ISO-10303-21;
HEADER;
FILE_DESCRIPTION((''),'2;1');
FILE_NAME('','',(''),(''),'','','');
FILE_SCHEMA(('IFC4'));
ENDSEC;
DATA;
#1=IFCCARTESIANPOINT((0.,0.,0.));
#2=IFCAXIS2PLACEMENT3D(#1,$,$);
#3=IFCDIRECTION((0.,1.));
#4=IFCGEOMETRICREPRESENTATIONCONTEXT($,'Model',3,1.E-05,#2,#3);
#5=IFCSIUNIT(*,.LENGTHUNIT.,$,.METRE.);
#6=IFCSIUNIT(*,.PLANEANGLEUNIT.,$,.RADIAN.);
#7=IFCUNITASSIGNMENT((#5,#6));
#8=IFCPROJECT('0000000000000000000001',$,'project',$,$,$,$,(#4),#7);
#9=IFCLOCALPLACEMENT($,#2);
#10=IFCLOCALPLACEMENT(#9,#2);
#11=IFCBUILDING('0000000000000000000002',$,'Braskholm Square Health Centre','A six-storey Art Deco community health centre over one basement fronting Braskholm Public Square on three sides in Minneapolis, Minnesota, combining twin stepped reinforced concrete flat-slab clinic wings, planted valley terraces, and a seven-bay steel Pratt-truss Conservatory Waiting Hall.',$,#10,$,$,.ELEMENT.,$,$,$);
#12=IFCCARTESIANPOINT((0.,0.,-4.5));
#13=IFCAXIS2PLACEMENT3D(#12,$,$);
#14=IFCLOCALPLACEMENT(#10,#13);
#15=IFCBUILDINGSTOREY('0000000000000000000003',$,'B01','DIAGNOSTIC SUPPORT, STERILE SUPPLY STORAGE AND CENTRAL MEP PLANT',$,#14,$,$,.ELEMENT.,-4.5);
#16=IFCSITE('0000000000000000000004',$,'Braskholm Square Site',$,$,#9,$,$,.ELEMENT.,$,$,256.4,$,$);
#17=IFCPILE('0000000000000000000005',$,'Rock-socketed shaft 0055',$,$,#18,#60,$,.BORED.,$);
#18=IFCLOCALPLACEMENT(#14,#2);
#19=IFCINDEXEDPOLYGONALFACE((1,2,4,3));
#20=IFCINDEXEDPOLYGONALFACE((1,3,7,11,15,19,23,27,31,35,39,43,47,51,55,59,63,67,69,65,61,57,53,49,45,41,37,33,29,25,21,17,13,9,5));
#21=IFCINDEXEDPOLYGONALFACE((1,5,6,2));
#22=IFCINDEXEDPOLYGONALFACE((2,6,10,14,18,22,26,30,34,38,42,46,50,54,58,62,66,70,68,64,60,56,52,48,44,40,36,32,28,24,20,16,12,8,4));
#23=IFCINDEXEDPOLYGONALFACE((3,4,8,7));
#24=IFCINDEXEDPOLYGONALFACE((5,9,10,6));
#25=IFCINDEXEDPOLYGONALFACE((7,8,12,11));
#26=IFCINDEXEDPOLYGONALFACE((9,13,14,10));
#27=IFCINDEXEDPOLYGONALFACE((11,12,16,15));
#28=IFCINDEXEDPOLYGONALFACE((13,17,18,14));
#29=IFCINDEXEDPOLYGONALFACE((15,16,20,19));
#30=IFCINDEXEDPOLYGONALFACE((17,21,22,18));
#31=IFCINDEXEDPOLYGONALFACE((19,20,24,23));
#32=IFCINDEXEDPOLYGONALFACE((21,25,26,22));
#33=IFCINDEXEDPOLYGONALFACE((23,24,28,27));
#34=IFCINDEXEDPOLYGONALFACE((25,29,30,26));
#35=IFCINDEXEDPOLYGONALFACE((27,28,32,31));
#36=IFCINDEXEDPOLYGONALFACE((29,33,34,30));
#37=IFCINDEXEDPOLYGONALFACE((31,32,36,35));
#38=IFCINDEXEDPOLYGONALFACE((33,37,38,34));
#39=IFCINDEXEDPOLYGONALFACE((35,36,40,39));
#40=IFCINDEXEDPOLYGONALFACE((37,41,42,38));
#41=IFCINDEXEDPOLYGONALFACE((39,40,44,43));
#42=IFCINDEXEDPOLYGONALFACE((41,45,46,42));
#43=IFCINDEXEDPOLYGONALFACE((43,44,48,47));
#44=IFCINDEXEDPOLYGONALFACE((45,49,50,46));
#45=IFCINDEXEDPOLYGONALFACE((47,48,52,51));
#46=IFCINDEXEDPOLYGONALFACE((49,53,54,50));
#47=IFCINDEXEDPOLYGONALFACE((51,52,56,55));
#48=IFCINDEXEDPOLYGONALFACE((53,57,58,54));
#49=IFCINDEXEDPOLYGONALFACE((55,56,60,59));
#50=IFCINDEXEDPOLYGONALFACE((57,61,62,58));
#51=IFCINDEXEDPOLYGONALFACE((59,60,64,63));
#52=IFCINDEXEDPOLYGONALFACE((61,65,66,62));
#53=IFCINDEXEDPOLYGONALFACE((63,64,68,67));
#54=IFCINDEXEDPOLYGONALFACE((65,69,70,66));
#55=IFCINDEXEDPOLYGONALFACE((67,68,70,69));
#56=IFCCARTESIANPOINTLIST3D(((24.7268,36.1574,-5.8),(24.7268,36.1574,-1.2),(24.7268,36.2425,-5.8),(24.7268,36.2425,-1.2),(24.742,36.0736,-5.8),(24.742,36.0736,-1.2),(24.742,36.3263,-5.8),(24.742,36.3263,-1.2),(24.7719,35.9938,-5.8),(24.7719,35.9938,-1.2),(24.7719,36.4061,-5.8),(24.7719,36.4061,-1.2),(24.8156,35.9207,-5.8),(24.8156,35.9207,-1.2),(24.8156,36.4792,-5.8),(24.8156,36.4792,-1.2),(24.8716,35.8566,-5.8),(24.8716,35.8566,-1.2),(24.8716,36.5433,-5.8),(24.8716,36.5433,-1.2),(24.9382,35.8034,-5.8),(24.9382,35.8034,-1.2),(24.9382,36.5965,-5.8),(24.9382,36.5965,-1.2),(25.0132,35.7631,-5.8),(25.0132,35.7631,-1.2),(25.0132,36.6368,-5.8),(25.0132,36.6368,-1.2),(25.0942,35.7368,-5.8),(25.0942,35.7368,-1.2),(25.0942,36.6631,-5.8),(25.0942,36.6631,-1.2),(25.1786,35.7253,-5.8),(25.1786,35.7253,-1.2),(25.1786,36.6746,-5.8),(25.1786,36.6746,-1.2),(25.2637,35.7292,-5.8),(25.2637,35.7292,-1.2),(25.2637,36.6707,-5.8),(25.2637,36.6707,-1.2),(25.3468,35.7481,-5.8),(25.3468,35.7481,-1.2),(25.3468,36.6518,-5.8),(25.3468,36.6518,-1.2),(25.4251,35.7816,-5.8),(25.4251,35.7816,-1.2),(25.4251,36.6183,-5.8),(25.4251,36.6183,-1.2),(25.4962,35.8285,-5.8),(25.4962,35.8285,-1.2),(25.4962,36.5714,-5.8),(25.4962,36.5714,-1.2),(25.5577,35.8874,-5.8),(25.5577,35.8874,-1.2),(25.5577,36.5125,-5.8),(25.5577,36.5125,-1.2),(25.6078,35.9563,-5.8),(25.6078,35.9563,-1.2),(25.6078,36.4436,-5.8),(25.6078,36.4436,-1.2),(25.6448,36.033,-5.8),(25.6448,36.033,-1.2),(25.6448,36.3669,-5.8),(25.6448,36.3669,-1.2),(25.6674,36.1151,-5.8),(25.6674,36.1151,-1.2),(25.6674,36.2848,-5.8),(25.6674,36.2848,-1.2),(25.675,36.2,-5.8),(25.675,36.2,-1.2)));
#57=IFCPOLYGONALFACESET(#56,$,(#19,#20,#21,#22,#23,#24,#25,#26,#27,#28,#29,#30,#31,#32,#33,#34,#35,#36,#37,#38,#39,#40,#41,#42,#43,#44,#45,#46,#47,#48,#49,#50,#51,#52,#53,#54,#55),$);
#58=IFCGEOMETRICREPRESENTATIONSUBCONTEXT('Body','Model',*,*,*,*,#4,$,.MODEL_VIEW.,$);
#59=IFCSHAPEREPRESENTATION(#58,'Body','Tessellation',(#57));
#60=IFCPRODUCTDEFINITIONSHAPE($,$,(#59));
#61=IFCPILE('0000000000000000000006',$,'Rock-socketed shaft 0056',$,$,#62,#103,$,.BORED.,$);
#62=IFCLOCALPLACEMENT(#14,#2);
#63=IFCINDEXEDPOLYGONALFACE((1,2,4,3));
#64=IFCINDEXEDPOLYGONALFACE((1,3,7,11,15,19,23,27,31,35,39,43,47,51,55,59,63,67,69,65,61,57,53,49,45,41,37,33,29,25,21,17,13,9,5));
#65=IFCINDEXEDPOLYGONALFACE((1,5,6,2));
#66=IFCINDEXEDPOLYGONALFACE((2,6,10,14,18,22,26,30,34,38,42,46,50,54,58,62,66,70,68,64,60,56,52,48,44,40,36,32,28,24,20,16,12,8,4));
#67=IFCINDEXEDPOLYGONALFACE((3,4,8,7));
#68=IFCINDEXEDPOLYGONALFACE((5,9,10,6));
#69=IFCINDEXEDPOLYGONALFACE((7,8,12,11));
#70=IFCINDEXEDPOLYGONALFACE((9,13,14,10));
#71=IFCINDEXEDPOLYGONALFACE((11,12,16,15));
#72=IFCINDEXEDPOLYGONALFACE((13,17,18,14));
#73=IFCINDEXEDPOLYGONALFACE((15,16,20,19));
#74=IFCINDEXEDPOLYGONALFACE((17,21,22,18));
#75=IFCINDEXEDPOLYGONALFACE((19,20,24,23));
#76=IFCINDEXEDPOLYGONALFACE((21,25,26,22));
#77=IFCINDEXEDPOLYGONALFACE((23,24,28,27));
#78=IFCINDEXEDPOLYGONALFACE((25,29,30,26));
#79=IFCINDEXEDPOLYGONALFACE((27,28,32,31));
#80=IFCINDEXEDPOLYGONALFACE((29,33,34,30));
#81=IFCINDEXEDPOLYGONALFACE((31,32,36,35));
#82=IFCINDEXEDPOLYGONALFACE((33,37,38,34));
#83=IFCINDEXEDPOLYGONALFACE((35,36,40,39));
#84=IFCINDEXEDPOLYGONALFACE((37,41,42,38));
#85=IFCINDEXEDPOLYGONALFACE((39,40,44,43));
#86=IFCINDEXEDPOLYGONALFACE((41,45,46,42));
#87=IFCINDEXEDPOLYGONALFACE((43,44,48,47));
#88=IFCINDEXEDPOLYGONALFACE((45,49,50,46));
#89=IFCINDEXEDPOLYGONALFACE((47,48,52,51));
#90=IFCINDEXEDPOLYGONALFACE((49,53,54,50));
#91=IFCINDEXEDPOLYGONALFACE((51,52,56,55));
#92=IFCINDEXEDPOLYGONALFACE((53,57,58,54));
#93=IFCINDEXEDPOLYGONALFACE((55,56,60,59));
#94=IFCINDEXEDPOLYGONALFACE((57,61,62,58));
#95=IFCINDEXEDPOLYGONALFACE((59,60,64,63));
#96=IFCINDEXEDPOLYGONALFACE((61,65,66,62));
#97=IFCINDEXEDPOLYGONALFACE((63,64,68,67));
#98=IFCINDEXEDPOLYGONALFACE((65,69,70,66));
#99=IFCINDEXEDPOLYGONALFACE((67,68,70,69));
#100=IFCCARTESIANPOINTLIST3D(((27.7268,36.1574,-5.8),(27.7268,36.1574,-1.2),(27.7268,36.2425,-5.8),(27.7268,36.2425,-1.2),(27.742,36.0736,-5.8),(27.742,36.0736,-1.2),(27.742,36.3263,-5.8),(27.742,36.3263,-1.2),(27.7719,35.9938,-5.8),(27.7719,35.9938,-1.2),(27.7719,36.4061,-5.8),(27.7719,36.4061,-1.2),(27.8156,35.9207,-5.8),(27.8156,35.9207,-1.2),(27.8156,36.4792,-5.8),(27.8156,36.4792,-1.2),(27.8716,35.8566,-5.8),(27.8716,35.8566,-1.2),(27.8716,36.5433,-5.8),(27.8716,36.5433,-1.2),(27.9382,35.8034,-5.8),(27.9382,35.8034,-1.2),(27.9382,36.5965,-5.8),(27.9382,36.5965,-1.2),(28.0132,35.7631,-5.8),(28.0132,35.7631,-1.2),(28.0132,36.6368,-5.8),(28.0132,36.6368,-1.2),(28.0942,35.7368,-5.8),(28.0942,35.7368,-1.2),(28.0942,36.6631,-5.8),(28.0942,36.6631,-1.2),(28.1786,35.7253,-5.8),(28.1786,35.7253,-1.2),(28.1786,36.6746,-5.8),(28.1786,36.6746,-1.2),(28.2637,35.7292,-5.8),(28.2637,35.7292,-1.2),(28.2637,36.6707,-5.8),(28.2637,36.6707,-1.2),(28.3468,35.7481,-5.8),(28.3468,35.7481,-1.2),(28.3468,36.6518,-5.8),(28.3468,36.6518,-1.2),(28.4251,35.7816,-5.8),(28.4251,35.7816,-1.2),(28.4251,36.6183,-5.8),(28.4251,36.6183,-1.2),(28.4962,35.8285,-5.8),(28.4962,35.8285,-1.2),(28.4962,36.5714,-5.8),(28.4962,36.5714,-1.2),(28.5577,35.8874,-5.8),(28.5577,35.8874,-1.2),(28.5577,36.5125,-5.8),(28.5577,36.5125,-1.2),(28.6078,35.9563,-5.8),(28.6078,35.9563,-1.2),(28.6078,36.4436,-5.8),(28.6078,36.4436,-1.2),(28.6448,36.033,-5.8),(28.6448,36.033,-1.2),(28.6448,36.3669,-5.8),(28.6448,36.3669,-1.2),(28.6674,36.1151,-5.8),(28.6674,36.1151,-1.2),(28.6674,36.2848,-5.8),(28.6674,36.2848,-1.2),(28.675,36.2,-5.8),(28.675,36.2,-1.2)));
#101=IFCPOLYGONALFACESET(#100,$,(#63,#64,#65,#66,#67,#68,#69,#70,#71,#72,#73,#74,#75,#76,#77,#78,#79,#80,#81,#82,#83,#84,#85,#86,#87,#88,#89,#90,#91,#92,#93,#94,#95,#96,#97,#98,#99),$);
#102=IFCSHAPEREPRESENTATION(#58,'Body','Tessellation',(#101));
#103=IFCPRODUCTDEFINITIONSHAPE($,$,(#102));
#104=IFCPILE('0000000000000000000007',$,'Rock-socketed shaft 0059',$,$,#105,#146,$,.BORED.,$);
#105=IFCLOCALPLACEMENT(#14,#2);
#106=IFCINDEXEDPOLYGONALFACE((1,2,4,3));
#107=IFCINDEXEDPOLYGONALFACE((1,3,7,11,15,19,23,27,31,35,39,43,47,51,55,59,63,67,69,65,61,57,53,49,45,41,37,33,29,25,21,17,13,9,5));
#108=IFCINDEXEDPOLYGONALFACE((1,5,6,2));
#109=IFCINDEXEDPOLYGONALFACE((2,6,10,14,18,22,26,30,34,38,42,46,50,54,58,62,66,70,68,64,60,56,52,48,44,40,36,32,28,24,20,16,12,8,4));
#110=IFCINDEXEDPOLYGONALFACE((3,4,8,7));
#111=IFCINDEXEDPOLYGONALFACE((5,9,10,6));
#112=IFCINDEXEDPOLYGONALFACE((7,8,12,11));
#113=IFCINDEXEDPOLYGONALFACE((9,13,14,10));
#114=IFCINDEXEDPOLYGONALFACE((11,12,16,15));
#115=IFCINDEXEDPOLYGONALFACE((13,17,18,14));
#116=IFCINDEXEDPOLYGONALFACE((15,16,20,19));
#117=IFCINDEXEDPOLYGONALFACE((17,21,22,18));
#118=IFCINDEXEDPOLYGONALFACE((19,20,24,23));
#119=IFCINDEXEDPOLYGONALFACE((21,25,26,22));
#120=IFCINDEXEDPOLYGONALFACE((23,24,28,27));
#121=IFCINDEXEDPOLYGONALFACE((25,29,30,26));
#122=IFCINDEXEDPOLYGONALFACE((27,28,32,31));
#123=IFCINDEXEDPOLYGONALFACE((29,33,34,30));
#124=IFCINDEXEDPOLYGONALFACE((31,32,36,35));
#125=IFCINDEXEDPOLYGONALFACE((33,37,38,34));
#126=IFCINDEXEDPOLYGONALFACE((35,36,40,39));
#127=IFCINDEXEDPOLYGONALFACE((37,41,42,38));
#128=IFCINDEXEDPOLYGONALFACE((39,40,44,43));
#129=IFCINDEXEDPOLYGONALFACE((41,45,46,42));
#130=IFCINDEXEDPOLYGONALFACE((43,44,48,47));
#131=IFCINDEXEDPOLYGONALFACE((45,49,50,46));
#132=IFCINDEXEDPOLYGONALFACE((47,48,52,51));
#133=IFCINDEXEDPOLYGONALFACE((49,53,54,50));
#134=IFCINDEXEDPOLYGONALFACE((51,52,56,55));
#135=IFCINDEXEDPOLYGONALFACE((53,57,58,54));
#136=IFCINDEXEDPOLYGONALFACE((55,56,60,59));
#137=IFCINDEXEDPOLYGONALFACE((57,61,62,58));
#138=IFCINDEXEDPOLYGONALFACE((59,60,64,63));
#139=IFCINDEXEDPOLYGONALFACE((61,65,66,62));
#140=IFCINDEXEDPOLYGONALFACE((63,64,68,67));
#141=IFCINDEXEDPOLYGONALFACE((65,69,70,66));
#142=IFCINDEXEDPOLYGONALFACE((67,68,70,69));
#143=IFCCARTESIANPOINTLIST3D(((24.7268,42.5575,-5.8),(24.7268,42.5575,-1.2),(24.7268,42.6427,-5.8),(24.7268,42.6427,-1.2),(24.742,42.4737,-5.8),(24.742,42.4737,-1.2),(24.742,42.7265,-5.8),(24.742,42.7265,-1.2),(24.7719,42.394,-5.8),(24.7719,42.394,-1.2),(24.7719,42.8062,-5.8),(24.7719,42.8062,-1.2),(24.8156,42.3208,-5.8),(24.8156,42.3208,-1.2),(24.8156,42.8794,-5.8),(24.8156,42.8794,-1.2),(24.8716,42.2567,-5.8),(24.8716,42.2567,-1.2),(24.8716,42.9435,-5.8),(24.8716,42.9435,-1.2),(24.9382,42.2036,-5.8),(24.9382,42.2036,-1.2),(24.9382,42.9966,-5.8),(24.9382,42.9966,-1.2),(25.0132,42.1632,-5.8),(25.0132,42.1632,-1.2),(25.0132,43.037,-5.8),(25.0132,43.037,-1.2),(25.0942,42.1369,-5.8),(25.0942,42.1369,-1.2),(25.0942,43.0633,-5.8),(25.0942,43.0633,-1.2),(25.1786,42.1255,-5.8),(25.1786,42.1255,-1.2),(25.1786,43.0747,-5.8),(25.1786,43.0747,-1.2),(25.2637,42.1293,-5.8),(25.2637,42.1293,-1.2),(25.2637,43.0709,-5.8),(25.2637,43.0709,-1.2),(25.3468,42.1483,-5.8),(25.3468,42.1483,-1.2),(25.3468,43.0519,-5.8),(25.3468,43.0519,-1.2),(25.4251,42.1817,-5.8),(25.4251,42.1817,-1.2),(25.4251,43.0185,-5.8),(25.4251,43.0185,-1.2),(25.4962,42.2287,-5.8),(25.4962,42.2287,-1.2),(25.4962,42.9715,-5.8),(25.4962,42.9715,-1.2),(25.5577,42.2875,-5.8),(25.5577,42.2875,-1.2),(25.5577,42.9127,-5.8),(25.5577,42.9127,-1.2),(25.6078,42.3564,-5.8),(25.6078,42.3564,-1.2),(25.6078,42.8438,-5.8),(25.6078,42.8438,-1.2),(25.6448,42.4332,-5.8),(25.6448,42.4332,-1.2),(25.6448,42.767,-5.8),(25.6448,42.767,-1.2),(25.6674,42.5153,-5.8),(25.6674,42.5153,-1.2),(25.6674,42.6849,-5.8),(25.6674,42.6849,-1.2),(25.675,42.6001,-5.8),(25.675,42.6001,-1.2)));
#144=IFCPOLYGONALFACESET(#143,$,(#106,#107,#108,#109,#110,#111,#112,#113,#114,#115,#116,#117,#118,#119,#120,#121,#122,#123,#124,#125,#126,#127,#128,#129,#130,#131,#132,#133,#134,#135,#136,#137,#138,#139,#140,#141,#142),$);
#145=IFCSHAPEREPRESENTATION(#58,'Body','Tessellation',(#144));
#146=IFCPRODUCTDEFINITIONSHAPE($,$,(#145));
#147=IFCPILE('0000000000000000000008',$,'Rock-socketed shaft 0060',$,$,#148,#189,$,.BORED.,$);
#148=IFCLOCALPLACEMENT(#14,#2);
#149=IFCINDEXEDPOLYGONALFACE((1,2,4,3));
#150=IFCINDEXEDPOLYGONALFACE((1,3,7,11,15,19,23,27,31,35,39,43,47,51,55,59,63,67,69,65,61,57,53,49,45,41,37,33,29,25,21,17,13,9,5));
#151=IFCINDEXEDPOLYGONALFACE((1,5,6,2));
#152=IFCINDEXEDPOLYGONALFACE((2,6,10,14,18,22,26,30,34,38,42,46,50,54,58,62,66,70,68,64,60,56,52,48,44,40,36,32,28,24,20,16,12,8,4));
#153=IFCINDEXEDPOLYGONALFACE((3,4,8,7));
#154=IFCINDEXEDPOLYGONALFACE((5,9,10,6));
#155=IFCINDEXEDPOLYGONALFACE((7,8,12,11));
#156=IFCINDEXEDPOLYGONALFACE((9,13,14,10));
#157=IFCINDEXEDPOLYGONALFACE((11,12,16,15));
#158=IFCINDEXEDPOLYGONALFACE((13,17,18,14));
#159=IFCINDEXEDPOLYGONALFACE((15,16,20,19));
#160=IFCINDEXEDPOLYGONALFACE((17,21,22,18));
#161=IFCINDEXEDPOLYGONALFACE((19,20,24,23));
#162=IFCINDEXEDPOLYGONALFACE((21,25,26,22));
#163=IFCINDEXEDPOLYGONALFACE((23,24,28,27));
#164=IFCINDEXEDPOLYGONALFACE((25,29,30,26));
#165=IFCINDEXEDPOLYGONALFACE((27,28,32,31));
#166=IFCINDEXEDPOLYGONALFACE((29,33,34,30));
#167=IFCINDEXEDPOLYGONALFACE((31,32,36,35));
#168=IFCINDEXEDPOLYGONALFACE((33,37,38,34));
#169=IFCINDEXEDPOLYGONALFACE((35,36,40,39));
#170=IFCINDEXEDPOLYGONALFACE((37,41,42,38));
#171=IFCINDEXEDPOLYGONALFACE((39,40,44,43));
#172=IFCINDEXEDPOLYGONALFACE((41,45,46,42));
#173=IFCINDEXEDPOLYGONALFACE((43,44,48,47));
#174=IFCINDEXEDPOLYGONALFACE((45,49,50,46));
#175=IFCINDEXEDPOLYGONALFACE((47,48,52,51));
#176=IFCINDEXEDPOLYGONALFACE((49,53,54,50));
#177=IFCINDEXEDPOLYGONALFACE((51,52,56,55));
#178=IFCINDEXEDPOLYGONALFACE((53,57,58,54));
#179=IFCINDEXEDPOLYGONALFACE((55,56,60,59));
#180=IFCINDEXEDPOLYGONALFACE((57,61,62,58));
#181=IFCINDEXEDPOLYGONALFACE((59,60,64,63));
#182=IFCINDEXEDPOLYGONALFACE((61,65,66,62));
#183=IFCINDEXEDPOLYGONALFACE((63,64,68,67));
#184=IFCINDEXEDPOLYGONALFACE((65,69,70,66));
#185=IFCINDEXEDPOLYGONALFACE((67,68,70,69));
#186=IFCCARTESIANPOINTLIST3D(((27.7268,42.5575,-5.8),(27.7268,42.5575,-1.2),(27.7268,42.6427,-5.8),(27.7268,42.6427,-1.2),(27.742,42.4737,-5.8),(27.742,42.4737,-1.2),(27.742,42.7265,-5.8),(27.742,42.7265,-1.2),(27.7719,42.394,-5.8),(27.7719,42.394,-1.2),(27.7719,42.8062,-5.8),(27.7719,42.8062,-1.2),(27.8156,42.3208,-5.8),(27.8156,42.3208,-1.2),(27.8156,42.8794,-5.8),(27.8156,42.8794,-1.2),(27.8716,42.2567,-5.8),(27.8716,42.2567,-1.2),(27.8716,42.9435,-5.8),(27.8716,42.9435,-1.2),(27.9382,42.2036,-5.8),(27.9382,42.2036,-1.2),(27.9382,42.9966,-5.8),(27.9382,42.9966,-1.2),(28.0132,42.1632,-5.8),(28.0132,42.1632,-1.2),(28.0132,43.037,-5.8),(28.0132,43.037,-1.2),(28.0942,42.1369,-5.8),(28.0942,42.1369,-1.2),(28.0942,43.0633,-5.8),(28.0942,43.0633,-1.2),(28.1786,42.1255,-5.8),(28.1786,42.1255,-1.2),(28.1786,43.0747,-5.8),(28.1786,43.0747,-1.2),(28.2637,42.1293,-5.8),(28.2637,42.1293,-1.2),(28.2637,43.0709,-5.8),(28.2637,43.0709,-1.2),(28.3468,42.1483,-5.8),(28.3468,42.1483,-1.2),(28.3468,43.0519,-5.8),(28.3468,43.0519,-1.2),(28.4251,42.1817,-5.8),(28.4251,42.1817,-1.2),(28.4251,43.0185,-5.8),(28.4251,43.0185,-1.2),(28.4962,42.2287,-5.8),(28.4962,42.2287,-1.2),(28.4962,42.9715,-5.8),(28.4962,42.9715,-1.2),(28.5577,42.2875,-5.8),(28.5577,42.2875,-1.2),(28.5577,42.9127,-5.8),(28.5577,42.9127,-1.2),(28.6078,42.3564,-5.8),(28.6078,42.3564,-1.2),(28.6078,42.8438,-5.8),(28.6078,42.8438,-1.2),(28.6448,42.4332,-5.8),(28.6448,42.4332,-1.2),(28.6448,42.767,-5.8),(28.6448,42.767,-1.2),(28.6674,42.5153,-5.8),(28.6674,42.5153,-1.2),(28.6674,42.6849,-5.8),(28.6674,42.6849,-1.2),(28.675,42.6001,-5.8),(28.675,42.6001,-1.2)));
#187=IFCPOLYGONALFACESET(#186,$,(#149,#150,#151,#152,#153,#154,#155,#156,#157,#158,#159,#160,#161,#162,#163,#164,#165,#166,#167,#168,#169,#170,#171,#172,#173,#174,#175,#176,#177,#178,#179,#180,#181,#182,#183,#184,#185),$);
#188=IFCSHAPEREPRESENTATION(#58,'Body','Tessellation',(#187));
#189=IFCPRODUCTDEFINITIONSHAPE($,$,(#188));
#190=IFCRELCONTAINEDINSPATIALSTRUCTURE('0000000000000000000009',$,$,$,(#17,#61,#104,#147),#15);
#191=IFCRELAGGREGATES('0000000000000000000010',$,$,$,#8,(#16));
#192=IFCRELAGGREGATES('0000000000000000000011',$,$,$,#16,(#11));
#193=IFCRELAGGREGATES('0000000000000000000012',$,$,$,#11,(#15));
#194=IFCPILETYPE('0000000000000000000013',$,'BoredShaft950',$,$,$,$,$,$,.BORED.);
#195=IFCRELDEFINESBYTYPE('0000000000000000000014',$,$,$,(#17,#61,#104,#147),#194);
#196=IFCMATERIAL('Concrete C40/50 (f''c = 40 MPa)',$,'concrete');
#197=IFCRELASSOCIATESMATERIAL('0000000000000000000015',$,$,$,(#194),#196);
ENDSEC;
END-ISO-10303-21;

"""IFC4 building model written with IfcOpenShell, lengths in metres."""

from ifc_helpers import new_model, si_unit, direction, frame, origin, origin_2d, place, context, subcontext, project, spatial, circle, extrude, material, material_profile, profile_set, type_object, element, save


model = new_model("IFC4")

# Units and contexts
model_context = context("Model", 3, precision=1e-05, world=origin(), true_north=direction((0.0, 1.0)))
body_context = subcontext(model_context, "Body", "Model", "MODEL_VIEW")
ifc_project = project(units=[si_unit("LENGTHUNIT", "METRE"), si_unit("PLANEANGLEUNIT", "RADIAN")], contexts=[model_context])

# Site, building, storey
site_placement = place(None, origin())
site = spatial("IfcSite", under=ifc_project, at=site_placement, Name="Braskholm Square Site", CompositionType="ELEMENT", RefElevation=256.4)
building_placement = place(site_placement, origin())
building = spatial("IfcBuilding", under=site, at=building_placement, Name="Braskholm Square Health Centre", Description="A six-storey Art Deco community health centre over one basement fronting Braskholm Public Square on three sides in Minneapolis, Minnesota, combining twin stepped reinforced concrete flat-slab clinic wings, planted valley terraces, and a seven-bay steel Pratt-truss Conservatory Waiting Hall.", CompositionType="ELEMENT")
storey_placement = place(building_placement, frame((0.0, 0.0, -4.5)))
storey = spatial("IfcBuildingStorey", under=building, at=storey_placement, Name="B01", Description="DIAGNOSTIC SUPPORT, STERILE SUPPLY STORAGE AND CENTRAL MEP PLANT", CompositionType="ELEMENT", Elevation=-4.5)

# Piles
ifc_material_1 = material(Name="Concrete C40/50 (f'c = 40 MPa)", Category="concrete")
ifc_material_profile_1 = material_profile(ifc_material_1, circle(Radius=0.4751, at=origin_2d()), Name="BORED-PILE-950")
ifc_profile_set_1 = profile_set([ifc_material_profile_1], Name="Concrete C40/50 (f'c = 40 MPa)")
pile_type = type_object("IfcPileType", Name="BoredShaft950", PredefinedType="BORED", material=ifc_profile_set_1)
for number, where, z_axis, x_axis, name in (
    (1, (25.2, 36.2, -1.2), (0.0, 0.0, -1.0), (1.0, 0.0, 0.0), "Rock-socketed shaft 0055"),
    (2, (28.2, 36.2, -1.2), (0.0, 0.0, -1.0), (1.0, 0.0, 0.0), "Rock-socketed shaft 0056"),
    (3, (25.2, 42.6001, -1.2), (0.0, 0.0, -1.0), (1.0, 0.0, 0.0), "Rock-socketed shaft 0059"),
    (4, (28.2, 42.6001, -1.2), (0.0, 0.0, -1.0), (1.0, 0.0, 0.0), "Rock-socketed shaft 0060"),
):
    element("IfcPile", number, at=place(storey_placement, frame(where, z_axis=z_axis, x_axis=x_axis)), inside=storey, type_object=pile_type, Name=name, PredefinedType="BORED", context=body_context, shape_type="SweptSolid", body=[
        extrude(circle(Radius=0.4751, at=origin_2d()), origin(), (0.0, 0.0, 1.0), 4.6001),
    ])

save(model, "model.ifc")
